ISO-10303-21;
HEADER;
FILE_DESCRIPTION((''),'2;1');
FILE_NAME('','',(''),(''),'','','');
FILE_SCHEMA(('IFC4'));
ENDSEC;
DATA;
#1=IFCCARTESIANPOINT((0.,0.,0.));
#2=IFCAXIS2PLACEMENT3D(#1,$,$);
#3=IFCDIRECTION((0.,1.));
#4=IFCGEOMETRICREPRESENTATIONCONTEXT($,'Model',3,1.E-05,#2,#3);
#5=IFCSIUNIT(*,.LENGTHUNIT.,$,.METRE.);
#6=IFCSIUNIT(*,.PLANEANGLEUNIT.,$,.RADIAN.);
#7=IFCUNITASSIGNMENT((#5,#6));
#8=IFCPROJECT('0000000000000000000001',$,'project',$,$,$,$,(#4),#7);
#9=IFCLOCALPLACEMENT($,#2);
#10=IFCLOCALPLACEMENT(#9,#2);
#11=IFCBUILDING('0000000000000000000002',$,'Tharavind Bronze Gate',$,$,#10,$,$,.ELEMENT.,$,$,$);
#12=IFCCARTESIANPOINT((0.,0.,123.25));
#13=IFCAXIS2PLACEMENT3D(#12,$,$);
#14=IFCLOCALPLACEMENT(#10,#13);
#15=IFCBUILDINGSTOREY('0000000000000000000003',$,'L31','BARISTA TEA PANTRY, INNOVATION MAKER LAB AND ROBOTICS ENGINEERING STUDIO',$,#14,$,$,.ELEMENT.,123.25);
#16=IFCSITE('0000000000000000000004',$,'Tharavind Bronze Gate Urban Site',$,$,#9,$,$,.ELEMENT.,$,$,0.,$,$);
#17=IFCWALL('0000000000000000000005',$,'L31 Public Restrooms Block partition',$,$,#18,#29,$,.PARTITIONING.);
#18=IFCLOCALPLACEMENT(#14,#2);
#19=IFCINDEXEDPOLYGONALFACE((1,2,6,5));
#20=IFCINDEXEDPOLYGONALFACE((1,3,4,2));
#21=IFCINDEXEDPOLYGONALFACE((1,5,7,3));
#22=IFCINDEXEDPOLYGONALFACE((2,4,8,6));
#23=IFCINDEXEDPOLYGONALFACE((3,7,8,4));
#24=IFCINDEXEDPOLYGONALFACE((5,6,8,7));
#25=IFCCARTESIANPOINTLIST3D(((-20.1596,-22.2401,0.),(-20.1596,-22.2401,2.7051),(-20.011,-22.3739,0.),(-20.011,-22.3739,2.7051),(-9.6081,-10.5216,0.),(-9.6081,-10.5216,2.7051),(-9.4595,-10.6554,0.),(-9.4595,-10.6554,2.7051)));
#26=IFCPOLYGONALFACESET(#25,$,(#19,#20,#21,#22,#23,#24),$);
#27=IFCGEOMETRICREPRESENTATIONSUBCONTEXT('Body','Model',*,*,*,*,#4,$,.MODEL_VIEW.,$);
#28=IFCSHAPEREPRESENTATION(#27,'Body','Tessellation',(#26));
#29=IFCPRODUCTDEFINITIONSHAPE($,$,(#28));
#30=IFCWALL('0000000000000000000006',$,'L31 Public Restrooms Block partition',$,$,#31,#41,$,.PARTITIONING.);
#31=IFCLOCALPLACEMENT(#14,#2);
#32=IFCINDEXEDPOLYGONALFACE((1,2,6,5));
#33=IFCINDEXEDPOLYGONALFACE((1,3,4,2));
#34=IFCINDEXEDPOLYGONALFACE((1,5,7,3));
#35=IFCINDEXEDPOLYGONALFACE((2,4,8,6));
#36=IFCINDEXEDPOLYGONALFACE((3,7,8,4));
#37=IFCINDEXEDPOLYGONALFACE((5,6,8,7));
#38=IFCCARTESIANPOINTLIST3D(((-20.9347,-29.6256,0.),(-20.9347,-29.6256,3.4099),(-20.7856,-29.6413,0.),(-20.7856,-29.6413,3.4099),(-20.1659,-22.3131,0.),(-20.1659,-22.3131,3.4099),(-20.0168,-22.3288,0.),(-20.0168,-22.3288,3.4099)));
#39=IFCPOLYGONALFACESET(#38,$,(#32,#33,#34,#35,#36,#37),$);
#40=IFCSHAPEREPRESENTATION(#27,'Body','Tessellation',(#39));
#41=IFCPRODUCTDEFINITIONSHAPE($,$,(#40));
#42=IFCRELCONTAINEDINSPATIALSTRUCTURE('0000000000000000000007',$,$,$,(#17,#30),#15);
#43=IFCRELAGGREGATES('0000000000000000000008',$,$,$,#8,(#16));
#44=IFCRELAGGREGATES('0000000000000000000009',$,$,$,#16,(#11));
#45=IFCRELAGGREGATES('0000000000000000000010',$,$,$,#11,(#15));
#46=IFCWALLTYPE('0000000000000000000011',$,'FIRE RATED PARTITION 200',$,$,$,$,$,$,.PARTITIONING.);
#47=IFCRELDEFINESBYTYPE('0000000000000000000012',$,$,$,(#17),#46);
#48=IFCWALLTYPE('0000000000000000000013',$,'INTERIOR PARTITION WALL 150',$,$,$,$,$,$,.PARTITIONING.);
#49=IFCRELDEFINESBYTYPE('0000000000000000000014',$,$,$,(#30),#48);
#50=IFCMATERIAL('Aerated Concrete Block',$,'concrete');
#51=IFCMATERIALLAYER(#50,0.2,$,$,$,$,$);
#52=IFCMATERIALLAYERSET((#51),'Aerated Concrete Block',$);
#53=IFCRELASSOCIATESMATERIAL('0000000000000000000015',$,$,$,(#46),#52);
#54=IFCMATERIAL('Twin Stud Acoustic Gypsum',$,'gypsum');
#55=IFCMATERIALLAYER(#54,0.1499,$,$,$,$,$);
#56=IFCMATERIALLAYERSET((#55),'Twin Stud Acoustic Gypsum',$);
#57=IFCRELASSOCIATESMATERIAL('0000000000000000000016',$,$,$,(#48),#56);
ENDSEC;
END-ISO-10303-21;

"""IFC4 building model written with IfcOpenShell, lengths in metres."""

from ifc_helpers import new_model, si_unit, direction, frame, frame_2d, origin, place, context, subcontext, project, spatial, rectangle, extrude, material, layer, layer_set, type_object, element, save


model = new_model("IFC4")

# Units and contexts
model_context = context("Model", 3, precision=1e-05, world=origin(), true_north=direction((0.0, 1.0)))
body_context = subcontext(model_context, "Body", "Model", "MODEL_VIEW")
ifc_project = project(units=[si_unit("LENGTHUNIT", "METRE"), si_unit("PLANEANGLEUNIT", "RADIAN")], contexts=[model_context])

# Site, building, storey
site_placement = place(None, origin())
site = spatial("IfcSite", under=ifc_project, at=site_placement, Name="Tharavind Bronze Gate Urban Site", CompositionType="ELEMENT", RefElevation=0.0)
building_placement = place(site_placement, origin())
building = spatial("IfcBuilding", under=site, at=building_placement, Name="Tharavind Bronze Gate", CompositionType="ELEMENT")
storey_placement = place(building_placement, frame((0.0, 0.0, 123.25)))
storey = spatial("IfcBuildingStorey", under=building, at=storey_placement, Name="L31", Description="BARISTA TEA PANTRY, INNOVATION MAKER LAB AND ROBOTICS ENGINEERING STUDIO", CompositionType="ELEMENT", Elevation=123.25)

# Walls
ifc_material_1 = material(Name="Aerated Concrete Block", Category="concrete")
ifc_layer_1 = layer(ifc_material_1, 0.2)
ifc_layer_set_1 = layer_set([ifc_layer_1], Name="Aerated Concrete Block")
wall_type_1 = type_object("IfcWallType", Name="FIRE RATED PARTITION 200", PredefinedType="PARTITIONING", material=ifc_layer_set_1)
wall_1_placement = place(storey_placement, frame((-20.0852, -22.3069, 0.0), z_axis=(0.0, 0.0, 1.0), x_axis=(0.669135, 0.743141, 0.0)))
element("IfcWall", 1, at=wall_1_placement, inside=storey, type_object=wall_type_1, Name="L31 Public Restrooms Block partition", PredefinedType="PARTITIONING", context=body_context, shape_type="SweptSolid", body=[
    extrude(rectangle(XDim=15.7688, YDim=0.2, at=frame_2d((7.8843, 0.0))), origin(), (0.0, 0.0, 1.0), 2.7051),
])
ifc_material_2 = material(Name="Twin Stud Acoustic Gypsum", Category="gypsum")
ifc_layer_2 = layer(ifc_material_2, 0.1499)
ifc_layer_set_2 = layer_set([ifc_layer_2], Name="Twin Stud Acoustic Gypsum")
wall_type_2 = type_object("IfcWallType", Name="INTERIOR PARTITION WALL 150", PredefinedType="PARTITIONING", material=ifc_layer_set_2)
wall_2_placement = place(storey_placement, frame((-20.8601, -29.6333, 0.0), z_axis=(0.0, 0.0, 1.0), x_axis=(0.104559, 0.994519, 0.0)))
element("IfcWall", 2, at=wall_2_placement, inside=storey, type_object=wall_type_2, Name="L31 Public Restrooms Block partition", PredefinedType="PARTITIONING", context=body_context, shape_type="SweptSolid", body=[
    extrude(rectangle(XDim=7.3528, YDim=0.1499, at=frame_2d((3.6763, 0.0))), origin(), (0.0, 0.0, 1.0), 3.4099),
])

save(model, "model.ifc")
